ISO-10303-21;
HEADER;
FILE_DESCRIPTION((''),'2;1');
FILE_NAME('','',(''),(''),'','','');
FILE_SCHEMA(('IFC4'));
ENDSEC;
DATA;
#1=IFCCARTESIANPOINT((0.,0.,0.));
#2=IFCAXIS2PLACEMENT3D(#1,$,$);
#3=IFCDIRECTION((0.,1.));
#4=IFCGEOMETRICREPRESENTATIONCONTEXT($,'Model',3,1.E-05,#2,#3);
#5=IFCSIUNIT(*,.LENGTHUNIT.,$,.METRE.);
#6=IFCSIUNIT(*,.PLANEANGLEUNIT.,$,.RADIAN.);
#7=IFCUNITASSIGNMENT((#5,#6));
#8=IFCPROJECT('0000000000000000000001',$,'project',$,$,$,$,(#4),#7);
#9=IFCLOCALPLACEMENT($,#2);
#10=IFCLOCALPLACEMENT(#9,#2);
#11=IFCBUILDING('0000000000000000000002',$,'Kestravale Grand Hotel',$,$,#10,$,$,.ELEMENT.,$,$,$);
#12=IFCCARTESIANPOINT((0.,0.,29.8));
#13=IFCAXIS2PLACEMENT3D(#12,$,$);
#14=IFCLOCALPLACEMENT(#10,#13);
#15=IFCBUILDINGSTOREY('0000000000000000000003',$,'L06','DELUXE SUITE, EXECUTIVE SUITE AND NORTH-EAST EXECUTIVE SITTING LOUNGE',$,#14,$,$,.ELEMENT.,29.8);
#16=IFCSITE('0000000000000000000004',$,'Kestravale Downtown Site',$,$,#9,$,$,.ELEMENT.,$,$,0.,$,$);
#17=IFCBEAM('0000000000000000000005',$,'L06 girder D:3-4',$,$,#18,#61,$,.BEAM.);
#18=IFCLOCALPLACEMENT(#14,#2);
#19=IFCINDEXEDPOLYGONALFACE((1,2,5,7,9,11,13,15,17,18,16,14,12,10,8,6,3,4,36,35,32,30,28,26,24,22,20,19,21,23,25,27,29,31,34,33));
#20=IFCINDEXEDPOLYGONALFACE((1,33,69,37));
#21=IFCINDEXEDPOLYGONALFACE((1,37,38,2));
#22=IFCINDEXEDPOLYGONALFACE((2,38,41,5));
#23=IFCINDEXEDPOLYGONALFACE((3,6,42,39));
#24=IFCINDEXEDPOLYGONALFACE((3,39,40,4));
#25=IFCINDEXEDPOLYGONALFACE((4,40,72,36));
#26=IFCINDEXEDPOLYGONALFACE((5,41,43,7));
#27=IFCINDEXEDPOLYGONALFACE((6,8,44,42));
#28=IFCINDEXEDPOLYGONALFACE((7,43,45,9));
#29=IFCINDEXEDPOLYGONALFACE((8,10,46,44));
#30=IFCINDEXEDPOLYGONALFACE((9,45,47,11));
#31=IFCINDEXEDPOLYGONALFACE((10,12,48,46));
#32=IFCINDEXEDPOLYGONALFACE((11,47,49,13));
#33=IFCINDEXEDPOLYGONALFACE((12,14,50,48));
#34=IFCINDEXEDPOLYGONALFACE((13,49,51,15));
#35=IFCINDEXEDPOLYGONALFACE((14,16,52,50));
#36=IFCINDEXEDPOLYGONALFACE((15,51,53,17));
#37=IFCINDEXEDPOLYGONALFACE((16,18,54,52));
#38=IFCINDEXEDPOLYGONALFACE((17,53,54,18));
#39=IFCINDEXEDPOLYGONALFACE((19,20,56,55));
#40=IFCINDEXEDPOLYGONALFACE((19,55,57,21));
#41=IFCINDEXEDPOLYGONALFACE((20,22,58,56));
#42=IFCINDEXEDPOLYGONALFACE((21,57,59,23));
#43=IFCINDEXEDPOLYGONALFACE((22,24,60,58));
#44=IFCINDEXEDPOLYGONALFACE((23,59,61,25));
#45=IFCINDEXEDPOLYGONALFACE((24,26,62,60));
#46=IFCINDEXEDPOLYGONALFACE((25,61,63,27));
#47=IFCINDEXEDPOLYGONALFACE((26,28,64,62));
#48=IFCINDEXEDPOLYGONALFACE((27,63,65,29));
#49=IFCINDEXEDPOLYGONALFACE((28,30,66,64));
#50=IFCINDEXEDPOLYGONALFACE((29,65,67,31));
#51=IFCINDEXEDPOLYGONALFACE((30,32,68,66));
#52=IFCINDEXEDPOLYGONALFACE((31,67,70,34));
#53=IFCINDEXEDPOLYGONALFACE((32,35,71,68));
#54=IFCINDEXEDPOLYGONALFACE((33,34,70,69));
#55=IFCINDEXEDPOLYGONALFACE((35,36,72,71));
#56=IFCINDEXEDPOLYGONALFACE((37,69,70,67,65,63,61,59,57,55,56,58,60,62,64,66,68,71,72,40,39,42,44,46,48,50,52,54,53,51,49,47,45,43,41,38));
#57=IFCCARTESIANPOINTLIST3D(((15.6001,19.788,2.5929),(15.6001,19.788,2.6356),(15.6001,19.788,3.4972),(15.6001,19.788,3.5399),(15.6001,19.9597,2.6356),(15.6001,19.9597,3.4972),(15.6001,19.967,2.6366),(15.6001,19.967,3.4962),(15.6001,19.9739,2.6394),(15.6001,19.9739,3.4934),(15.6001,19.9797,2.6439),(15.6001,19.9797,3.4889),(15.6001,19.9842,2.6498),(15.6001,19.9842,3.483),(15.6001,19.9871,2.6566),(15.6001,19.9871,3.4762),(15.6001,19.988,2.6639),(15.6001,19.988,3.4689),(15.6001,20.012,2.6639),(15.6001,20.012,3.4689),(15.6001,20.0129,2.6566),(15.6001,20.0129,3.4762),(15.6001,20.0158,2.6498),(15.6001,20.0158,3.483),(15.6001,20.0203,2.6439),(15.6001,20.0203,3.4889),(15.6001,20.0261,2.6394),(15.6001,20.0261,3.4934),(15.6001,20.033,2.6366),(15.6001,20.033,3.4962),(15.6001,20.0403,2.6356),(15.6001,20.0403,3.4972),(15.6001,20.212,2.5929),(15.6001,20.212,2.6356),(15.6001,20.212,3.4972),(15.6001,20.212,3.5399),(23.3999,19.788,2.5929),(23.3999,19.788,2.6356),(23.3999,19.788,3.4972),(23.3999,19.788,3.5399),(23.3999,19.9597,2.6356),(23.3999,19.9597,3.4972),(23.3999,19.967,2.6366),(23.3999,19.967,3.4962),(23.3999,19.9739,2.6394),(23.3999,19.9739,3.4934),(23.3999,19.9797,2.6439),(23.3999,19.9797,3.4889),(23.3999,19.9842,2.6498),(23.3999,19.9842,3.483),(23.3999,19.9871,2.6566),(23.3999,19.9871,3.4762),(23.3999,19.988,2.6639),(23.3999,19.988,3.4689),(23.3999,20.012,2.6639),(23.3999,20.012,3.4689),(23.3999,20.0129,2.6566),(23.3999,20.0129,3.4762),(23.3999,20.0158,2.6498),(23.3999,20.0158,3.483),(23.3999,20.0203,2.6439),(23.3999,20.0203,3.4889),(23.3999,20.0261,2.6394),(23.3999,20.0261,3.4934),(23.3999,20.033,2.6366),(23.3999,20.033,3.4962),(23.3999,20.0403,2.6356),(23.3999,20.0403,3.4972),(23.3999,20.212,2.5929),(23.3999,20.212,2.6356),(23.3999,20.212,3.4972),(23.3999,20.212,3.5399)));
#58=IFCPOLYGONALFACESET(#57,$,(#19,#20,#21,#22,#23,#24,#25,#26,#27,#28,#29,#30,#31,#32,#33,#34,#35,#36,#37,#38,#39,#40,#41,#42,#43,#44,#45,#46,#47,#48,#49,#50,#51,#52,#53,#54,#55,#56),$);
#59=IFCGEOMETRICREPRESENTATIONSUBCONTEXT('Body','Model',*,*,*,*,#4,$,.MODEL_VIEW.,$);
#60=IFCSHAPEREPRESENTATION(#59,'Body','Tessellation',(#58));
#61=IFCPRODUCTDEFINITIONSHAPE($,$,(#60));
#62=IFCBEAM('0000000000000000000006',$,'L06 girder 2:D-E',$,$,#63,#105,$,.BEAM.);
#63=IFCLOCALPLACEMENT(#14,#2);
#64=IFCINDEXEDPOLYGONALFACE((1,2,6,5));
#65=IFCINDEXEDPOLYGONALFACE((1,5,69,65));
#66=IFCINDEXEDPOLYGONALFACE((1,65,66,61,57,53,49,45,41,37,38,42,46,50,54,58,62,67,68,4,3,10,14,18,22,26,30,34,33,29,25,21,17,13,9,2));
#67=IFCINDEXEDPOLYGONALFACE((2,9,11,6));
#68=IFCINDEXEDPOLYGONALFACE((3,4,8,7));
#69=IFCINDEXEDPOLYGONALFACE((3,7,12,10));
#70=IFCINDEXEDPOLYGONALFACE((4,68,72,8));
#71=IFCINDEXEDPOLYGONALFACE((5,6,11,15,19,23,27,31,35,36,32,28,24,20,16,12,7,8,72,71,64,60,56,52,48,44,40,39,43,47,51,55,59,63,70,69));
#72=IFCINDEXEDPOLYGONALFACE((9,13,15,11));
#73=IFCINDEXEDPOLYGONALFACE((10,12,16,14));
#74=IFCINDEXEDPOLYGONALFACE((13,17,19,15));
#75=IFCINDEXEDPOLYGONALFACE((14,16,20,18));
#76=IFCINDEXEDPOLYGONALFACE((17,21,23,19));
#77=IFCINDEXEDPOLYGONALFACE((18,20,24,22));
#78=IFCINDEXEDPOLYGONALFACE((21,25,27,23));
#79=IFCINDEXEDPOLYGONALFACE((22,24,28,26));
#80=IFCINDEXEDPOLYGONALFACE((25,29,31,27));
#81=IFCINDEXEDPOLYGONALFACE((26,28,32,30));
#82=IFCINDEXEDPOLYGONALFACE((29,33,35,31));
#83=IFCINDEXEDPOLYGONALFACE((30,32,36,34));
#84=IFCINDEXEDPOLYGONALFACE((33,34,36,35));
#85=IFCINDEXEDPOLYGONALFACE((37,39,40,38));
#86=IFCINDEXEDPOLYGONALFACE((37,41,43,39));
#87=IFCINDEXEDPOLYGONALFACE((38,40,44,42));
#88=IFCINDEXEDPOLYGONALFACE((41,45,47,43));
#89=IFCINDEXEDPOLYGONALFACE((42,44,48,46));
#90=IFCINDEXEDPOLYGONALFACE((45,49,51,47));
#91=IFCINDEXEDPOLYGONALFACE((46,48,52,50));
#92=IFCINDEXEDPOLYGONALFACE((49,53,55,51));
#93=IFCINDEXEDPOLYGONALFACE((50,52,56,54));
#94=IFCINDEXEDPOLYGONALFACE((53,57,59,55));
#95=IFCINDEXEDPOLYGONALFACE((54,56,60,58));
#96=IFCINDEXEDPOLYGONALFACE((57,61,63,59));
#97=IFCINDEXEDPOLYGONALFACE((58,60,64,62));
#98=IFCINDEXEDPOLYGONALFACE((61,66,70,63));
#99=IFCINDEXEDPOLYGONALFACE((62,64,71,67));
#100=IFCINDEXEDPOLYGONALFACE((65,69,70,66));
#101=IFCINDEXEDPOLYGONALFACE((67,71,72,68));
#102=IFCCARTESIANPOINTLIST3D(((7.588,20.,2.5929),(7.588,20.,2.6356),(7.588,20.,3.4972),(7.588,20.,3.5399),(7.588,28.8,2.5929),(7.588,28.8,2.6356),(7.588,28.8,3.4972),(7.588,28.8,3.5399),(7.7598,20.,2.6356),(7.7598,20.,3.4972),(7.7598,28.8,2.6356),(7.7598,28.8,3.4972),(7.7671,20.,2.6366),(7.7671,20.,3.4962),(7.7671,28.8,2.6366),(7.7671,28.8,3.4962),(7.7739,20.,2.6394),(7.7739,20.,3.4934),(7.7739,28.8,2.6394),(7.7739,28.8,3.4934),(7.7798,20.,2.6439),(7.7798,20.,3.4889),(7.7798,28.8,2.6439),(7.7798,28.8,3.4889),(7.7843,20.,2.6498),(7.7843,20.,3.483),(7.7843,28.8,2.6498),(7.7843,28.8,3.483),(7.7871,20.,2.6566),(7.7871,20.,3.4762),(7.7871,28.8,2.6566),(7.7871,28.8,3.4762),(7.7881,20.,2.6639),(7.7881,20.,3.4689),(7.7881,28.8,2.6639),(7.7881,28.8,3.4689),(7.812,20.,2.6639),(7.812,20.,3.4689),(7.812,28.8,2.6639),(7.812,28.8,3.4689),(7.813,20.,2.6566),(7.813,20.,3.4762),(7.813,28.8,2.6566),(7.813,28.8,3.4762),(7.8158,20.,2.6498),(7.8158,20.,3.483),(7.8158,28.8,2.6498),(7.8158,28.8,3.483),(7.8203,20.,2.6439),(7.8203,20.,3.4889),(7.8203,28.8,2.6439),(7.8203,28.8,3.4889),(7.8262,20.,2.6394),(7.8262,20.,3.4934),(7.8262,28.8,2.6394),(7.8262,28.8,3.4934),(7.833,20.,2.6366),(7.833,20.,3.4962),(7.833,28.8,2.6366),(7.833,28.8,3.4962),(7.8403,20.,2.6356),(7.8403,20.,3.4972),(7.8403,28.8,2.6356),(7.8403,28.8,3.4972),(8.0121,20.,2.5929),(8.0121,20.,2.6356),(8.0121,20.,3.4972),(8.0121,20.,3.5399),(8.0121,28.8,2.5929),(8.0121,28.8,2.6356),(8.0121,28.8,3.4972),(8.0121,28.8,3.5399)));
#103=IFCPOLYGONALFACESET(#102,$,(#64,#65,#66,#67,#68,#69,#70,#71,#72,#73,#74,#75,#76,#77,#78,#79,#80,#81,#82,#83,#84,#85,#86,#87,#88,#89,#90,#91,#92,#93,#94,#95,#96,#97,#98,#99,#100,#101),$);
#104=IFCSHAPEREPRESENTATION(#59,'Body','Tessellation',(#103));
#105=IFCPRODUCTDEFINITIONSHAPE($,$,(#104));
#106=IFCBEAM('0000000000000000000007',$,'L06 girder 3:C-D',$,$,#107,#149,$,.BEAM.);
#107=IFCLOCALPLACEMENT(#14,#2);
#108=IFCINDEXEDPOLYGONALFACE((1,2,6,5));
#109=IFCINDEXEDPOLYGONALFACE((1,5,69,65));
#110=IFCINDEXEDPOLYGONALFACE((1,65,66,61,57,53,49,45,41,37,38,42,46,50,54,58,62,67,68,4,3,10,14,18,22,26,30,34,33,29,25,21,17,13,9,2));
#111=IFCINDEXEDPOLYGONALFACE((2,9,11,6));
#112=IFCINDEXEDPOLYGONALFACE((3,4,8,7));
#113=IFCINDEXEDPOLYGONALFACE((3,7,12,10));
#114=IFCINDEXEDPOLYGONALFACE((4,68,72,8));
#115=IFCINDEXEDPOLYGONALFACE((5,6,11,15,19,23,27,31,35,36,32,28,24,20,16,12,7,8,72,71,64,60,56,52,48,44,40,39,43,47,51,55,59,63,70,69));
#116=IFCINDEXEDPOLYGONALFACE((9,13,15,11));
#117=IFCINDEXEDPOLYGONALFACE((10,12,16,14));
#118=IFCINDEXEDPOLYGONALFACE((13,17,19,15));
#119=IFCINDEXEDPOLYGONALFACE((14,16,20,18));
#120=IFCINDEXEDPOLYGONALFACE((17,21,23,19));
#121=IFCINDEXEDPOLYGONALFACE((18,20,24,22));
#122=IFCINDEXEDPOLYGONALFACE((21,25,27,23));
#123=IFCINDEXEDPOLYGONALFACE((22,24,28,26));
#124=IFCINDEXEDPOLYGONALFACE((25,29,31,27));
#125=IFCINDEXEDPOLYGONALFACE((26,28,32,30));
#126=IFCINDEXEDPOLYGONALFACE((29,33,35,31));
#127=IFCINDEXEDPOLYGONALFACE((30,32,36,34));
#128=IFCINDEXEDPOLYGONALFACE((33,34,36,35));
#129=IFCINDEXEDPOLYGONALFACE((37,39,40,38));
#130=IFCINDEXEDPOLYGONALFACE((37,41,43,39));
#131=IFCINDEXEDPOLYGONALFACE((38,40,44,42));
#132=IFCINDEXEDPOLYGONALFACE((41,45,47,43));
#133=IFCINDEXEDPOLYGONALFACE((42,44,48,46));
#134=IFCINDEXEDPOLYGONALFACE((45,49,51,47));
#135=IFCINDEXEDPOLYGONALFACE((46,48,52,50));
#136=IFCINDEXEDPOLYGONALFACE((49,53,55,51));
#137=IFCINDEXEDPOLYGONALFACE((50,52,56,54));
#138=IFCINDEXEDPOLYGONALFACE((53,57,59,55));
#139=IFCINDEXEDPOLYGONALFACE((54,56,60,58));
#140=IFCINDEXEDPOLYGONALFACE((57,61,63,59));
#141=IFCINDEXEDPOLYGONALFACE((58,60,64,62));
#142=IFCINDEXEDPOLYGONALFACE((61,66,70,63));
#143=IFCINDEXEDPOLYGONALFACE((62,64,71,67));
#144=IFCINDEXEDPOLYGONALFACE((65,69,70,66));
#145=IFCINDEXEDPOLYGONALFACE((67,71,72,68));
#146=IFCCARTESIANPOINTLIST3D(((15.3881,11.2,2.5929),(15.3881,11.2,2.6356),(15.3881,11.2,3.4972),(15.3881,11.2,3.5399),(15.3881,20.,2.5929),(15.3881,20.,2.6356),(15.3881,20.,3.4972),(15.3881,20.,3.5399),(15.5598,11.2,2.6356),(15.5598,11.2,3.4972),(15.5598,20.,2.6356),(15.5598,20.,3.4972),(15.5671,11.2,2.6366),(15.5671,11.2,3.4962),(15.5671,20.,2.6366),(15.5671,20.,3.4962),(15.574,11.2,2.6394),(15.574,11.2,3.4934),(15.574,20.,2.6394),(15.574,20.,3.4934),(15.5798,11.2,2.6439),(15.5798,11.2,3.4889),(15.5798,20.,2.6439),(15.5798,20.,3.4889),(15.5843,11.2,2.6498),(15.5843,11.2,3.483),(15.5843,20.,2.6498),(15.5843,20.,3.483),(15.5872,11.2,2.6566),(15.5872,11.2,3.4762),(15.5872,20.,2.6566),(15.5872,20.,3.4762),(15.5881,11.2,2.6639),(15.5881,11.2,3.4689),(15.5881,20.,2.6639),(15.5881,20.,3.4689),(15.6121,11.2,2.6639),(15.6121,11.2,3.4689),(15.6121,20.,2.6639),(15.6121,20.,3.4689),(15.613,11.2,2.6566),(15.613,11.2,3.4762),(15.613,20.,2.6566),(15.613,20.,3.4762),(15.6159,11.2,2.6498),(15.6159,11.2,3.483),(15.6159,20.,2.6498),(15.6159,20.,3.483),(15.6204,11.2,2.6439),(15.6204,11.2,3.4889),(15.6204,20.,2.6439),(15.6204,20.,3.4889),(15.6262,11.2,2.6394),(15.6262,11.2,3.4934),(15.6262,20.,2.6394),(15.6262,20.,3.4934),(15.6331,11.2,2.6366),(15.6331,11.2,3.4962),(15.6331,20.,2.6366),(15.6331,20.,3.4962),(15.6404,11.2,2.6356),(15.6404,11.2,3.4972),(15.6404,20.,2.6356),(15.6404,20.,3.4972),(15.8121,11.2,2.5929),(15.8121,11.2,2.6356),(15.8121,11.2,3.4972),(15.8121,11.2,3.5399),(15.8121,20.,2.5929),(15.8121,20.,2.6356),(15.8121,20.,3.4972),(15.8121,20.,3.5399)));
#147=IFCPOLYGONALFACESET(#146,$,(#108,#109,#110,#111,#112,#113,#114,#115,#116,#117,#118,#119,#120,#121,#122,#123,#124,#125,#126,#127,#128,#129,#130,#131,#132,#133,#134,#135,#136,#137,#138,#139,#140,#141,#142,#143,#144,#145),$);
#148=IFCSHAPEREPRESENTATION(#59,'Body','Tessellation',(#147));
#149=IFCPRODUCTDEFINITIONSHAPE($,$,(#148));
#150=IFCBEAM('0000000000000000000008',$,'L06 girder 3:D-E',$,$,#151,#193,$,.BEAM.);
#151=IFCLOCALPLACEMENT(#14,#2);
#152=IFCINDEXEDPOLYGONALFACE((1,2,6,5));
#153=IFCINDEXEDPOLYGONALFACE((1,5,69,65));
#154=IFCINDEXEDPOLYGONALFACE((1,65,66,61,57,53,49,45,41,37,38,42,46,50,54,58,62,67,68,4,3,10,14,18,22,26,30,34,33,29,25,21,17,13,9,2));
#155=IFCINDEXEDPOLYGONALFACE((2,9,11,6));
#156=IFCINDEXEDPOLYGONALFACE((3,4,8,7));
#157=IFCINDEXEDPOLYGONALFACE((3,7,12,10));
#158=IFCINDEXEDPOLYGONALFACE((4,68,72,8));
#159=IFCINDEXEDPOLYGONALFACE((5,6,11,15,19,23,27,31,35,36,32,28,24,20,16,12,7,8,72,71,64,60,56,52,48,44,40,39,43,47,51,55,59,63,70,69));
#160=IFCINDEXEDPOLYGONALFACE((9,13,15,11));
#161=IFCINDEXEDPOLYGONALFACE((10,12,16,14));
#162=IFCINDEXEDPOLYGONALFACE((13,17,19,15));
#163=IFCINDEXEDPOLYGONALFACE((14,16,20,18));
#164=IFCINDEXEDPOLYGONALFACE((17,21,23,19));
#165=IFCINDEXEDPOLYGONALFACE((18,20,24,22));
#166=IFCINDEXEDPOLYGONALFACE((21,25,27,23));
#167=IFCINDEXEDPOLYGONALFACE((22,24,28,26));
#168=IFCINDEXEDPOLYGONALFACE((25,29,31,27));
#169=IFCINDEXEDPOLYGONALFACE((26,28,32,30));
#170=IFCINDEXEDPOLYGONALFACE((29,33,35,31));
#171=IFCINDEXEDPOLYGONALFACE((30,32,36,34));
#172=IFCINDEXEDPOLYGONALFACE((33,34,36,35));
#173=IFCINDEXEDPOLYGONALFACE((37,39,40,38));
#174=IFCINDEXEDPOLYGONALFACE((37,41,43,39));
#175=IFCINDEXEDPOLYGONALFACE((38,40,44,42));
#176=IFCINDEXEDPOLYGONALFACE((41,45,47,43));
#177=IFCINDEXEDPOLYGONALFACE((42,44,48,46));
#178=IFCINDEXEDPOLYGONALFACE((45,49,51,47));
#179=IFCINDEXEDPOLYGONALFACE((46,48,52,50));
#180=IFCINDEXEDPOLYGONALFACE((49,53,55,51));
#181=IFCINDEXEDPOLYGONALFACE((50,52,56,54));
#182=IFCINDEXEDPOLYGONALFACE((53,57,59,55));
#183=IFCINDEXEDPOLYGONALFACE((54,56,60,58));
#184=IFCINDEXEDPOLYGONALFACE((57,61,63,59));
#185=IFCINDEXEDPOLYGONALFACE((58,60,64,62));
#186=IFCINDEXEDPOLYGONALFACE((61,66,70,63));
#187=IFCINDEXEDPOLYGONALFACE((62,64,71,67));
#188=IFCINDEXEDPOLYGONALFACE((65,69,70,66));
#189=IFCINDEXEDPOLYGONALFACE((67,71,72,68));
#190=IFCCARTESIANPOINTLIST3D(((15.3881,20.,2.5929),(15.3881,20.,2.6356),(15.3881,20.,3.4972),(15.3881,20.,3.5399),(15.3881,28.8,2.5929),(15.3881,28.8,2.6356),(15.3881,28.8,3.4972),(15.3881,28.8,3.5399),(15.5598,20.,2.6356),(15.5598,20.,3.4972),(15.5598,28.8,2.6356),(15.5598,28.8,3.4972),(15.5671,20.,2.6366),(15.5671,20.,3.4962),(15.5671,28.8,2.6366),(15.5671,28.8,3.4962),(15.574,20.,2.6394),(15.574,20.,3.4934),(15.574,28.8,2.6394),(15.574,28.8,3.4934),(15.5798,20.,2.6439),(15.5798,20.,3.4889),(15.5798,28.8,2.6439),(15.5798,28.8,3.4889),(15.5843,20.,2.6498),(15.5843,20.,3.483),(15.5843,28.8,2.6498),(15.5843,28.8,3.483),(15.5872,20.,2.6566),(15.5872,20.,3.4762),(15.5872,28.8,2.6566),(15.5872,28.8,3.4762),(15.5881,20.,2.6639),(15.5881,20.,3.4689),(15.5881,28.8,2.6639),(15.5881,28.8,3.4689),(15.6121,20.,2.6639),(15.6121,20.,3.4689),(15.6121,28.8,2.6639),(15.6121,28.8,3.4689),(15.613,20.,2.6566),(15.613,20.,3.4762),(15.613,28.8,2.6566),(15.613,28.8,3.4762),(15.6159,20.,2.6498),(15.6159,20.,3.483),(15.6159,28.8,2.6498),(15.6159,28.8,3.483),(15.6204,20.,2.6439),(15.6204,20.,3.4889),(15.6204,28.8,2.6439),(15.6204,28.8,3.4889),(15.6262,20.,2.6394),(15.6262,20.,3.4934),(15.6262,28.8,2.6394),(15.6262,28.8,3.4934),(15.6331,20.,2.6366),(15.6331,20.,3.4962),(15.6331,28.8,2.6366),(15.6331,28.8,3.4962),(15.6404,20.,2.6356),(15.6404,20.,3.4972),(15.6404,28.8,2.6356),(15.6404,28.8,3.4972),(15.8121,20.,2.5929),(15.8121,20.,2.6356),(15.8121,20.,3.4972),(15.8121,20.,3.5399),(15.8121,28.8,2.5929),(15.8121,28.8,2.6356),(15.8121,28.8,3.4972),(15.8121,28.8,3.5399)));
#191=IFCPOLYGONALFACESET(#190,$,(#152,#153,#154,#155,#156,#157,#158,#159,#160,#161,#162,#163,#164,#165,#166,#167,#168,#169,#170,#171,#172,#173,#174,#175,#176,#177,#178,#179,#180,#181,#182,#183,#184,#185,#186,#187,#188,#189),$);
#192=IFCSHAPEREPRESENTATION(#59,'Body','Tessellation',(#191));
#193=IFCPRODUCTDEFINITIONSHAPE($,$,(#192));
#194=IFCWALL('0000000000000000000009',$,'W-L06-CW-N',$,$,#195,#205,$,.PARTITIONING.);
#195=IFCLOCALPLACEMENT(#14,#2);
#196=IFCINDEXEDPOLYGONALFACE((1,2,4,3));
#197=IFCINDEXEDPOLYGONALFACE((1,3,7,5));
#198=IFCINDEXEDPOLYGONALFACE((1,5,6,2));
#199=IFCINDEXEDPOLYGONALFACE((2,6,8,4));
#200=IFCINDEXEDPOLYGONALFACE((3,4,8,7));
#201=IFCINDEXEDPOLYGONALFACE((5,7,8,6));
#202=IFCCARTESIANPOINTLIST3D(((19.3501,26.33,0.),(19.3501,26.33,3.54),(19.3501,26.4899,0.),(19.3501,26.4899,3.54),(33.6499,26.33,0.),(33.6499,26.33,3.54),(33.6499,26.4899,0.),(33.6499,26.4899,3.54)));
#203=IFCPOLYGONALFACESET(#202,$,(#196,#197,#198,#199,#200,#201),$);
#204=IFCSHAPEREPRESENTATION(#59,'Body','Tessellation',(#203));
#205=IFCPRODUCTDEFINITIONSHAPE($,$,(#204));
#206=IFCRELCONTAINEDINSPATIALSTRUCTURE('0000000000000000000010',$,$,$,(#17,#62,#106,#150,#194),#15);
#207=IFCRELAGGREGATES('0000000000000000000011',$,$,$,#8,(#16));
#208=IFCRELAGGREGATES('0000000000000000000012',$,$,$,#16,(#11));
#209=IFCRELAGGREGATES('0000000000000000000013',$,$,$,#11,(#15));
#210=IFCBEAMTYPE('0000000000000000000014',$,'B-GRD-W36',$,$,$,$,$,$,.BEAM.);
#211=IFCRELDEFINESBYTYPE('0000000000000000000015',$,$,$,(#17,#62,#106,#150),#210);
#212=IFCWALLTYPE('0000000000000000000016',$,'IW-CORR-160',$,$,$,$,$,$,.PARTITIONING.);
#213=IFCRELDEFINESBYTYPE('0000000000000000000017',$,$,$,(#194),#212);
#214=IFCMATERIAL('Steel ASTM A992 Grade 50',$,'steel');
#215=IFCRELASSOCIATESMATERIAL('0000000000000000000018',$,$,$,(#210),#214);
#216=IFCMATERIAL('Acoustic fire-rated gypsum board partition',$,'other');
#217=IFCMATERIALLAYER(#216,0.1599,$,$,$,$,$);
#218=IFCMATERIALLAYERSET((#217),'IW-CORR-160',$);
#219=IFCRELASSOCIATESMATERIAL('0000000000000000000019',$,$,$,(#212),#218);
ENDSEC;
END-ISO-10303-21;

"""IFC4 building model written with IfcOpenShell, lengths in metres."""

from ifc_helpers import new_model, si_unit, direction, frame, frame_2d, origin, origin_2d, place, context, subcontext, project, spatial, rectangle, i_section, extrude, material, layer, layer_set, material_profile, profile_set, type_object, element, save


model = new_model("IFC4")

# Units and contexts
model_context = context("Model", 3, precision=1e-05, world=origin(), true_north=direction((0.0, 1.0)))
body_context = subcontext(model_context, "Body", "Model", "MODEL_VIEW")
ifc_project = project(units=[si_unit("LENGTHUNIT", "METRE"), si_unit("PLANEANGLEUNIT", "RADIAN")], contexts=[model_context])

# Site, building, storey
site_placement = place(None, origin())
site = spatial("IfcSite", under=ifc_project, at=site_placement, Name="Kestravale Downtown Site", CompositionType="ELEMENT", RefElevation=0.0)
building_placement = place(site_placement, origin())
building = spatial("IfcBuilding", under=site, at=building_placement, Name="Kestravale Grand Hotel", CompositionType="ELEMENT")
storey_placement = place(building_placement, frame((0.0, 0.0, 29.8)))
storey = spatial("IfcBuildingStorey", under=building, at=storey_placement, Name="L06", Description="DELUXE SUITE, EXECUTIVE SUITE AND NORTH-EAST EXECUTIVE SITTING LOUNGE", CompositionType="ELEMENT", Elevation=29.8)

# Beams
ifc_material_1 = material(Name="Steel ASTM A992 Grade 50", Category="steel")
ifc_material_profile_1 = material_profile(ifc_material_1, i_section(OverallWidth=0.4241, OverallDepth=0.947, WebThickness=0.0239, FlangeThickness=0.0427, FilletRadius=0.0283, at=origin_2d()))
ifc_profile_set_1 = profile_set([ifc_material_profile_1], Name="Steel ASTM A992 Grade 50")
beam_type_1 = type_object("IfcBeamType", Name="B-GRD-W36", PredefinedType="BEAM", material=ifc_profile_set_1)
beam_1_placement = place(storey_placement, frame((15.6001, 20.0, 3.0664), z_axis=(1.0, 0.0, 0.0), x_axis=(0.0, 1.0, 0.0)))
element("IfcBeam", 1, at=beam_1_placement, inside=storey, type_object=beam_type_1, Name="L06 girder D:3-4", PredefinedType="BEAM", context=body_context, shape_type="SweptSolid", body=[
    extrude(i_section(OverallWidth=0.4241, OverallDepth=0.947, WebThickness=0.0239, FlangeThickness=0.0427, FilletRadius=0.0283, at=origin_2d()), origin(), (0.0, 0.0, 1.0), 7.7998),
])
for number, where, z_axis, x_axis, name in (
    (2, (7.8, 20.0, 3.0664), (0.0, 1.0, 0.0), (-1.0, 0.0, 0.0), "L06 girder 2:D-E"),
    (3, (15.6001, 11.2, 3.0664), (0.0, 1.0, 0.0), (-1.0, 0.0, 0.0), "L06 girder 3:C-D"),
    (4, (15.6001, 20.0, 3.0664), (0.0, 1.0, 0.0), (-1.0, 0.0, 0.0), "L06 girder 3:D-E"),
):
    element("IfcBeam", number, at=place(storey_placement, frame(where, z_axis=z_axis, x_axis=x_axis)), inside=storey, type_object=beam_type_1, Name=name, PredefinedType="BEAM", context=body_context, shape_type="SweptSolid", body=[
        extrude(i_section(OverallWidth=0.4241, OverallDepth=0.947, WebThickness=0.0239, FlangeThickness=0.0427, FilletRadius=0.0283, at=origin_2d()), origin(), (0.0, 0.0, 1.0), 8.8),
    ])

# Wall
ifc_material_2 = material(Name="Acoustic fire-rated gypsum board partition", Category="other")
ifc_layer_1 = layer(ifc_material_2, 0.1599)
ifc_layer_set_1 = layer_set([ifc_layer_1], Name="IW-CORR-160")
wall_type_1 = type_object("IfcWallType", Name="IW-CORR-160", PredefinedType="PARTITIONING", material=ifc_layer_set_1)
wall_1_placement = place(storey_placement, frame((19.3501, 26.4099, 0.0), z_axis=(0.0, 0.0, 1.0), x_axis=(1.0, 0.0, 0.0)))
element("IfcWall", 5, at=wall_1_placement, inside=storey, type_object=wall_type_1, Name="W-L06-CW-N", PredefinedType="PARTITIONING", context=body_context, shape_type="SweptSolid", body=[
    extrude(rectangle(XDim=14.2998, YDim=0.1599, at=frame_2d((7.1499, 0.0))), origin(), (0.0, 0.0, 1.0), 3.54),
])

save(model, "model.ifc")
